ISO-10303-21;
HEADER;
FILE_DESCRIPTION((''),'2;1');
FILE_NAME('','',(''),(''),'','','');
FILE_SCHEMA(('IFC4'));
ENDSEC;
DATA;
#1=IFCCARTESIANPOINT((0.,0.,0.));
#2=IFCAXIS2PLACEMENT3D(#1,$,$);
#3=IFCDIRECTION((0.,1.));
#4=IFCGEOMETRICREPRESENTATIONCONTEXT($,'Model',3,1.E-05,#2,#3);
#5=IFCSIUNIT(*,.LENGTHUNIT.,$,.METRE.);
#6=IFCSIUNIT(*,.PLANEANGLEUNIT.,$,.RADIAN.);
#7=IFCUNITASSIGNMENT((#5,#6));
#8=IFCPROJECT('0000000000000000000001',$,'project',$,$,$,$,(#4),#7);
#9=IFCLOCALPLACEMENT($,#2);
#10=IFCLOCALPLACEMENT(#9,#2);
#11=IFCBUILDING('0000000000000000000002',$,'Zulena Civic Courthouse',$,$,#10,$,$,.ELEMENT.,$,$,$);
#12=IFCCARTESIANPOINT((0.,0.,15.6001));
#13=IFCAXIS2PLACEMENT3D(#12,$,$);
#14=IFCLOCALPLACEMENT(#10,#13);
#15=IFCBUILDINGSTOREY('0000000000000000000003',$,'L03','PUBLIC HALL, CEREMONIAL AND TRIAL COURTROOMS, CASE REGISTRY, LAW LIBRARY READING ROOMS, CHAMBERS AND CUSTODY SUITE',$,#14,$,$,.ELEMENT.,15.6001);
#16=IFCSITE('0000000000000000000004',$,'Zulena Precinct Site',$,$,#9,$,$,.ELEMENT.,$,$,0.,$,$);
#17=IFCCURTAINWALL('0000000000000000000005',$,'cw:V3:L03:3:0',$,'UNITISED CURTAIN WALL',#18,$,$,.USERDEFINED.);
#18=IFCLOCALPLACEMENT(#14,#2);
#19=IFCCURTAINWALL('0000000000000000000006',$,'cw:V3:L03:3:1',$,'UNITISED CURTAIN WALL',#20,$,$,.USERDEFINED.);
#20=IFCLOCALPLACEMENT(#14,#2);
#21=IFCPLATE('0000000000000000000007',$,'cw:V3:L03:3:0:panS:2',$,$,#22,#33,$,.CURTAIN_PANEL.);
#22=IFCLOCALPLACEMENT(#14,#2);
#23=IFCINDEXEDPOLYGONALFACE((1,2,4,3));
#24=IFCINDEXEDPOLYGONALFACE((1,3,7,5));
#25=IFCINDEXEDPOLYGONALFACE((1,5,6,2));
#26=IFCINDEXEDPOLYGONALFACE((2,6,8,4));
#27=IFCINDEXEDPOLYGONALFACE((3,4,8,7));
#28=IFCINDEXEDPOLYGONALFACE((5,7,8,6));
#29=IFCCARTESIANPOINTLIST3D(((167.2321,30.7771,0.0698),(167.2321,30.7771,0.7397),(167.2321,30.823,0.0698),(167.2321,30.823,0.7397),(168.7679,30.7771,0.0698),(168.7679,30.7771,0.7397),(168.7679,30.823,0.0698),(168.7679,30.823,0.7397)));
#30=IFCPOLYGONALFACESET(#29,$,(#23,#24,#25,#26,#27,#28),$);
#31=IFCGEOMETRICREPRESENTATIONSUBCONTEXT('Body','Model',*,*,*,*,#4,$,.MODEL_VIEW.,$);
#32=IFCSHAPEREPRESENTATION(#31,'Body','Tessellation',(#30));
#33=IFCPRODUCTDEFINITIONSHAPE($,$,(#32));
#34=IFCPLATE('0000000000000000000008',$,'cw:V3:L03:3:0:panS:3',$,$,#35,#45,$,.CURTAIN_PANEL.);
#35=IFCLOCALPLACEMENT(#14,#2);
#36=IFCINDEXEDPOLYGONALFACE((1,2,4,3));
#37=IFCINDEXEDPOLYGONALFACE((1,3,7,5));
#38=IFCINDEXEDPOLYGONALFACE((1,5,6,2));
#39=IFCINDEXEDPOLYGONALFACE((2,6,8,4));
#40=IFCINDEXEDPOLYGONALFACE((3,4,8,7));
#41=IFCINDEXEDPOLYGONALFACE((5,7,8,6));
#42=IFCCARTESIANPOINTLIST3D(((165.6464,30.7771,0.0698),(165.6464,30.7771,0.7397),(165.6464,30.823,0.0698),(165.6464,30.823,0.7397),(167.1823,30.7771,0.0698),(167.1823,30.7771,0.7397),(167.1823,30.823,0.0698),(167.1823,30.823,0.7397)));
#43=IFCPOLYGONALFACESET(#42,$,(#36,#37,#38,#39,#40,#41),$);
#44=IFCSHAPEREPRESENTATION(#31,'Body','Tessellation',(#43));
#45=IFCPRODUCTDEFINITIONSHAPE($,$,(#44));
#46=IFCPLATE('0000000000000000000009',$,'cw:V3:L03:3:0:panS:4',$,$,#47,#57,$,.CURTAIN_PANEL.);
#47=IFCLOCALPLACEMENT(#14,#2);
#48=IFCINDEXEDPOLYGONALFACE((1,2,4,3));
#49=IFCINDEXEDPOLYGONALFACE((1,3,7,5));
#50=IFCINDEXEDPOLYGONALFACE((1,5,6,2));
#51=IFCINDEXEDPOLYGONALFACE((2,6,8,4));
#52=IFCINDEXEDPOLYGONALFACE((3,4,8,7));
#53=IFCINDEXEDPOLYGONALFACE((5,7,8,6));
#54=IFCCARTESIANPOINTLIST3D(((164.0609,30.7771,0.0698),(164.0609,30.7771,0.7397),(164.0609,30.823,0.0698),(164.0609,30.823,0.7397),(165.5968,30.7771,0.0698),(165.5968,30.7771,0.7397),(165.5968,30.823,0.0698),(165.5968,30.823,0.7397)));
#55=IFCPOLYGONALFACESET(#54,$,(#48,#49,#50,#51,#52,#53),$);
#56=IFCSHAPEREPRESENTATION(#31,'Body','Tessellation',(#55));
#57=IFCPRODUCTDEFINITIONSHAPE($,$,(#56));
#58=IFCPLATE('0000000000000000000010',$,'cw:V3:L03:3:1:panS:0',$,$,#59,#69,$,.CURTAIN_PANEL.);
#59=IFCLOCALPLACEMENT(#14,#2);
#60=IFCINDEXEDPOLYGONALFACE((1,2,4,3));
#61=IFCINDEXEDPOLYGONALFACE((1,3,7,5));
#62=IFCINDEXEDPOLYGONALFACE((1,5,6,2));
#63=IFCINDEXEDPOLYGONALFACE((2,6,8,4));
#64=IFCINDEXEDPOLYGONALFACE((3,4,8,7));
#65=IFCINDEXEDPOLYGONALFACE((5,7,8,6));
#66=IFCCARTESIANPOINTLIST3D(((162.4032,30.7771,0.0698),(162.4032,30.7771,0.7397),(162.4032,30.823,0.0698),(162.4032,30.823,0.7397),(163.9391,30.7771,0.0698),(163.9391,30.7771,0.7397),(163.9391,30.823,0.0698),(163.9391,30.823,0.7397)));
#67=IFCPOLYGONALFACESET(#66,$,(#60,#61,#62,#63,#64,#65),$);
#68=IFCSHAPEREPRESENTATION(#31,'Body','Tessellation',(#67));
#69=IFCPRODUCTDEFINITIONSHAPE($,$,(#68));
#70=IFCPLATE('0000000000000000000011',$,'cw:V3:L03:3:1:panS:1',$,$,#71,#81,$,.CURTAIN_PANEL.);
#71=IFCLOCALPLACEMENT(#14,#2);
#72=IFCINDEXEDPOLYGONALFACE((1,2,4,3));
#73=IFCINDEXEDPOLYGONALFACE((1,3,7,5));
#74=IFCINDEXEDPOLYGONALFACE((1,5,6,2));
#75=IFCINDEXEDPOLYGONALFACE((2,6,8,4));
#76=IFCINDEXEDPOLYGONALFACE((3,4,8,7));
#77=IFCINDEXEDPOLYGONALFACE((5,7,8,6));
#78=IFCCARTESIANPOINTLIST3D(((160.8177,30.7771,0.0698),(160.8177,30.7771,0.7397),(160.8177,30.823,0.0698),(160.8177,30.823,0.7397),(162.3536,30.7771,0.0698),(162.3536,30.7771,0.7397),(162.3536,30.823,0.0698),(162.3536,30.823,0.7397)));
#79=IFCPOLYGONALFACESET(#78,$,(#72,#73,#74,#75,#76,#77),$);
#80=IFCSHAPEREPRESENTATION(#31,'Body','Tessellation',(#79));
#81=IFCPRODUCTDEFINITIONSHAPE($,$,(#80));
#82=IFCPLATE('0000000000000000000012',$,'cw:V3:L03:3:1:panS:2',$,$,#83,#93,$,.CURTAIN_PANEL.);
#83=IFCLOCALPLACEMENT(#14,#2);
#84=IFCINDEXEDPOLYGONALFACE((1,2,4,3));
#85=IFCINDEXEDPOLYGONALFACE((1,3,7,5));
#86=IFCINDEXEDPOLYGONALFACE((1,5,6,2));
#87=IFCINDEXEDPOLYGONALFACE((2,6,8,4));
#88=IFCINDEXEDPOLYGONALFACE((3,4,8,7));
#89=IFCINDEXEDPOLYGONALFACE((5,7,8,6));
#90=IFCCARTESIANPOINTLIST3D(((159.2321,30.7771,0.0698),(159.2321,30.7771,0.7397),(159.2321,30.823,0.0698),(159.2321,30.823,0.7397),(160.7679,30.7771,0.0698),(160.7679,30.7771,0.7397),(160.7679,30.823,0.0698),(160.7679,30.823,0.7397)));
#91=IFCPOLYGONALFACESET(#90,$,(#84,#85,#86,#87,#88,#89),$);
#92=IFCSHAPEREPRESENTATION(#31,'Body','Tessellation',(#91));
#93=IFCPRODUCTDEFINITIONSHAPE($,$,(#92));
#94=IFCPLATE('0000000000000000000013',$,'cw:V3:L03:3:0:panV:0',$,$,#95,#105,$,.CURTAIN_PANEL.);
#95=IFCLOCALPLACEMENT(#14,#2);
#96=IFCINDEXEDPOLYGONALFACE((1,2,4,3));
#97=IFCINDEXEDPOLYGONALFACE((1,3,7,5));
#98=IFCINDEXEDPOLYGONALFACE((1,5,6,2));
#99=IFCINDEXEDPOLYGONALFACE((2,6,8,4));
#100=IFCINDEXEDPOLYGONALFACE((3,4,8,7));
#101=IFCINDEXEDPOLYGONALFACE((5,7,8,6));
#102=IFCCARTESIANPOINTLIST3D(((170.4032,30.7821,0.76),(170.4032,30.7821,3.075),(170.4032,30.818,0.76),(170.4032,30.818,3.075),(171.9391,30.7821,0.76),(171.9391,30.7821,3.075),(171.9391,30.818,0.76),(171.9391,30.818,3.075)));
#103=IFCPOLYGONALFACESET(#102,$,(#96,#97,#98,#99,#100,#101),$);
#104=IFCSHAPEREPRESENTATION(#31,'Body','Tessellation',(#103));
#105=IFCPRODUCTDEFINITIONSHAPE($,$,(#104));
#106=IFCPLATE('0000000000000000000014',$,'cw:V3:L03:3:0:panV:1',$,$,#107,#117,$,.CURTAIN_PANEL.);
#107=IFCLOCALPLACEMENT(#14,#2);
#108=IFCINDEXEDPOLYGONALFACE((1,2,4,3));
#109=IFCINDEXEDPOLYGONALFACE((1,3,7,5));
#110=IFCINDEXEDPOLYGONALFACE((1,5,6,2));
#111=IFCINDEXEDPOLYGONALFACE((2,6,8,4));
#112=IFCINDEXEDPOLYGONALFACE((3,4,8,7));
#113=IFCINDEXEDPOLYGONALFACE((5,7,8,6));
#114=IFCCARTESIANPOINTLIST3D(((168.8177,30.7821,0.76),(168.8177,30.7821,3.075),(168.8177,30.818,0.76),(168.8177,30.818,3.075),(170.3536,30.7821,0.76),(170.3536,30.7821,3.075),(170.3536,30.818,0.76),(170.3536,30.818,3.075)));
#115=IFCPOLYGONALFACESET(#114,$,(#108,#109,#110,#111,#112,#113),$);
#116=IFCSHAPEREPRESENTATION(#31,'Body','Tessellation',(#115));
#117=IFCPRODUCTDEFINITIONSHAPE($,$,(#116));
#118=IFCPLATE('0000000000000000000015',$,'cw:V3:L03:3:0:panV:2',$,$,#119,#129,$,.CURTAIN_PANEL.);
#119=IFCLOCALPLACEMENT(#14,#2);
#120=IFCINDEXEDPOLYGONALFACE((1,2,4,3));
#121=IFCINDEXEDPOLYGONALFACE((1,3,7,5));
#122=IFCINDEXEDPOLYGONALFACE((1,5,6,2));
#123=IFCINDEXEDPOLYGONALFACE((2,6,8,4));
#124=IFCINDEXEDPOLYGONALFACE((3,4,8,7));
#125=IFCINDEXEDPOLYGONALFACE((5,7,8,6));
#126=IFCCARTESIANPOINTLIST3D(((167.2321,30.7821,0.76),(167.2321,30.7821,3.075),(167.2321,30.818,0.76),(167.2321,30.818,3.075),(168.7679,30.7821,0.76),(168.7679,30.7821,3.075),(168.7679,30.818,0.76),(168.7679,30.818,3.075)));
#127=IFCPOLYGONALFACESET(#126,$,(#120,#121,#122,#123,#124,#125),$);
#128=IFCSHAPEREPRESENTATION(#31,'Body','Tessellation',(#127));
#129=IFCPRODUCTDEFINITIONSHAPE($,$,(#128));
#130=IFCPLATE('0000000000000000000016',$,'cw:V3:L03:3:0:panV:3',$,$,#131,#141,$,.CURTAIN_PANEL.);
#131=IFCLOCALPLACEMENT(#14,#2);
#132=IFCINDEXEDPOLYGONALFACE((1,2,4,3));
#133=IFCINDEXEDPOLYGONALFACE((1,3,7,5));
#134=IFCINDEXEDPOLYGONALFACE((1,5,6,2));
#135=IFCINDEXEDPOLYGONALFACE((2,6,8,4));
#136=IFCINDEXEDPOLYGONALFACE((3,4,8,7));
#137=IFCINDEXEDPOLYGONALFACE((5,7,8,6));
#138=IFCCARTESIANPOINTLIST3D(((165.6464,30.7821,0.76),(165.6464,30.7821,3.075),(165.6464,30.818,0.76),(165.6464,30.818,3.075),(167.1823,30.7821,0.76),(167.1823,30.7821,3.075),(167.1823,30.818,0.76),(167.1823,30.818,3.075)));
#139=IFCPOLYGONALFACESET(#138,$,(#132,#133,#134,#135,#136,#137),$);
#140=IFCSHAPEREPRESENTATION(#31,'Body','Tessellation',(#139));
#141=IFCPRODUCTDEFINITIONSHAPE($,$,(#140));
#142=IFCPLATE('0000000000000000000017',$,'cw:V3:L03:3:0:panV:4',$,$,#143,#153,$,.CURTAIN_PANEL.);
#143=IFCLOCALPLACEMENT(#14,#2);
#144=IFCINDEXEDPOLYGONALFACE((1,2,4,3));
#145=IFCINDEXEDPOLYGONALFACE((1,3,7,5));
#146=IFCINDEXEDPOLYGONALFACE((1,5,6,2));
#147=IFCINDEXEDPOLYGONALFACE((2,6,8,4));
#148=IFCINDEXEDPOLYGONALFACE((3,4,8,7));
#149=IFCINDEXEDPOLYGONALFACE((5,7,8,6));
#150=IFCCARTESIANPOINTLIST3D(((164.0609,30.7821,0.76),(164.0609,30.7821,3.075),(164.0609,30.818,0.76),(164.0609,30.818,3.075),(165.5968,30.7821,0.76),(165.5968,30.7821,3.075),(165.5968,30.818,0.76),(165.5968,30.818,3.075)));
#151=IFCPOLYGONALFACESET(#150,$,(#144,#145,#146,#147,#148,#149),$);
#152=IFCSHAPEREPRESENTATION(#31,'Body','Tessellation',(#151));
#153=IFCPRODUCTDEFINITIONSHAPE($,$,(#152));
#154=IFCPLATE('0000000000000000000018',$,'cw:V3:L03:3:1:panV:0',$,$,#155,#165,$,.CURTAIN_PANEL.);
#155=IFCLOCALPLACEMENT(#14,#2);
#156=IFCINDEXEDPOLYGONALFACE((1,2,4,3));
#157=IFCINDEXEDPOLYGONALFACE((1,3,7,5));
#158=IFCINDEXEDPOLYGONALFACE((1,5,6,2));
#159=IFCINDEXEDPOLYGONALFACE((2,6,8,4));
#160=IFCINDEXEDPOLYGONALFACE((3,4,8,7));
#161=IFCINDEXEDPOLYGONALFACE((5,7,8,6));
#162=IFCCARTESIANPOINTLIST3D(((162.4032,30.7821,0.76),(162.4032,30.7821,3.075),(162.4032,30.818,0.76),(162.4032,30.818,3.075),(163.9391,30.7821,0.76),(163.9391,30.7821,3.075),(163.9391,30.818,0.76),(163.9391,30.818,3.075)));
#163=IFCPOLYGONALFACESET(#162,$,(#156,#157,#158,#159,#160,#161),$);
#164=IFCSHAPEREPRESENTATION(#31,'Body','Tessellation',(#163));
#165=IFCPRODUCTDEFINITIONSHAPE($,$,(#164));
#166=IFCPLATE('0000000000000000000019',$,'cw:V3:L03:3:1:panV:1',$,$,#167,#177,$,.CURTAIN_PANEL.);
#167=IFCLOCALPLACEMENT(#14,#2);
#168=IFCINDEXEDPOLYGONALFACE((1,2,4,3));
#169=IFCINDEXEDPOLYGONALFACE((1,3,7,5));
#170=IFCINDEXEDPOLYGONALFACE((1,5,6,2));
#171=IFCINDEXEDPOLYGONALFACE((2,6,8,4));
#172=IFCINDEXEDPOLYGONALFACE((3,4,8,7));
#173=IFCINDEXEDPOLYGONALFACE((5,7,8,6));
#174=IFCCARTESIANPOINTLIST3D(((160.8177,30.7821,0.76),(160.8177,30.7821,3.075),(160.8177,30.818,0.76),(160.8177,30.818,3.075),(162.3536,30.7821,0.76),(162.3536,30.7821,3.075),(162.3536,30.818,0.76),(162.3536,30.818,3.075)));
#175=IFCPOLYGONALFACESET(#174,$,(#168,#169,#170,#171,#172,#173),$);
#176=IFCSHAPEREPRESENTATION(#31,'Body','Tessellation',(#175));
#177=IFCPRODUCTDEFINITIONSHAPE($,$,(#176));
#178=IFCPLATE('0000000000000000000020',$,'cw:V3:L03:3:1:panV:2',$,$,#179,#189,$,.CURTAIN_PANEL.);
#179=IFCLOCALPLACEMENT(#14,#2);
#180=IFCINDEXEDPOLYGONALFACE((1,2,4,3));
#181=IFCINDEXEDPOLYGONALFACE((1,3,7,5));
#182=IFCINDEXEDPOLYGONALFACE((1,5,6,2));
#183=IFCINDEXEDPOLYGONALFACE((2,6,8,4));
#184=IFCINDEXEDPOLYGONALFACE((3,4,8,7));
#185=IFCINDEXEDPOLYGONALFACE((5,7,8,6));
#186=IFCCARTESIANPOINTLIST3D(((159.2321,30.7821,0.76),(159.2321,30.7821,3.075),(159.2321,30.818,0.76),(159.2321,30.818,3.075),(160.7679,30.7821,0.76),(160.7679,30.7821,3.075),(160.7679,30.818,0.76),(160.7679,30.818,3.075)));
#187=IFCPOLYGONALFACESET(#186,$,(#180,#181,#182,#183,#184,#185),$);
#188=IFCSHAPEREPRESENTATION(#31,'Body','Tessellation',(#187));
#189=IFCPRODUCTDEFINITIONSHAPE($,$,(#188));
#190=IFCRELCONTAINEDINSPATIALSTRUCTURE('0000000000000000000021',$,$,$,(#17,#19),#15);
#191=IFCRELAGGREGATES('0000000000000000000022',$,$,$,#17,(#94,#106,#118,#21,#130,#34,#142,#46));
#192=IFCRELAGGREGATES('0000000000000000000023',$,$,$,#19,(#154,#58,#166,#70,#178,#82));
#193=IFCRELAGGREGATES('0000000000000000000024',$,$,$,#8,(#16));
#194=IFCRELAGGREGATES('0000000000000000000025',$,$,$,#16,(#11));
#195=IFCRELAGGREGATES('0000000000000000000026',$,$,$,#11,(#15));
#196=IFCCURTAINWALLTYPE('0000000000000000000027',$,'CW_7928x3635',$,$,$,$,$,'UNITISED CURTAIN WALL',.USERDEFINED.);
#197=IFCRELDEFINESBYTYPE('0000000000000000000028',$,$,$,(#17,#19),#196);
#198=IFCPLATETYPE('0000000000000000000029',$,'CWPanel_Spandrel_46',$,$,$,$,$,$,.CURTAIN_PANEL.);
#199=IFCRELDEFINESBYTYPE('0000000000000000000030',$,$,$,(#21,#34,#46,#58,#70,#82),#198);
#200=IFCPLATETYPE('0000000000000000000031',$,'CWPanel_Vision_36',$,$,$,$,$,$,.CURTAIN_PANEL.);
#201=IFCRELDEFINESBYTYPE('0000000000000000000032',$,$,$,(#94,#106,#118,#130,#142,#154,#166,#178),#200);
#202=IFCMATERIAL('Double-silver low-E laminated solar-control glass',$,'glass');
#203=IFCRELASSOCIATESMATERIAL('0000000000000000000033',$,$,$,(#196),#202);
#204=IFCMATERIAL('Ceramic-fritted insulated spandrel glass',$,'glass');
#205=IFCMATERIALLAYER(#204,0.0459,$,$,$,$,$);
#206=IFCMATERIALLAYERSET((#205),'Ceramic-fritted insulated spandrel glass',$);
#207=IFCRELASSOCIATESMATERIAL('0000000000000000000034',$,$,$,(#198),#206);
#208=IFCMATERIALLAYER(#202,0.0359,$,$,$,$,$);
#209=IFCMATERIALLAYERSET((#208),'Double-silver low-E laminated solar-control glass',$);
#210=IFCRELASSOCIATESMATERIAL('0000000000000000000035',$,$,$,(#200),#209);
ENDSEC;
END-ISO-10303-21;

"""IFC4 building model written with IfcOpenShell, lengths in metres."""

from ifc_helpers import new_model, si_unit, direction, frame, origin, origin_2d, place, context, subcontext, project, spatial, rectangle, extrude, material, layer, layer_set, type_object, element, aggregate, save


model = new_model("IFC4")

# Units and contexts
model_context = context("Model", 3, precision=1e-05, world=origin(), true_north=direction((0.0, 1.0)))
body_context = subcontext(model_context, "Body", "Model", "MODEL_VIEW")
ifc_project = project(units=[si_unit("LENGTHUNIT", "METRE"), si_unit("PLANEANGLEUNIT", "RADIAN")], contexts=[model_context])

# Site, building, storey
site_placement = place(None, origin())
site = spatial("IfcSite", under=ifc_project, at=site_placement, Name="Zulena Precinct Site", CompositionType="ELEMENT", RefElevation=0.0)
building_placement = place(site_placement, origin())
building = spatial("IfcBuilding", under=site, at=building_placement, Name="Zulena Civic Courthouse", CompositionType="ELEMENT")
storey_placement = place(building_placement, frame((0.0, 0.0, 15.6001)))
storey = spatial("IfcBuildingStorey", under=building, at=storey_placement, Name="L03", Description="PUBLIC HALL, CEREMONIAL AND TRIAL COURTROOMS, CASE REGISTRY, LAW LIBRARY READING ROOMS, CHAMBERS AND CUSTODY SUITE", CompositionType="ELEMENT", Elevation=15.6001)

# Curtain walls
ifc_material_1 = material(Name="Double-silver low-E laminated solar-control glass", Category="glass")
curtain_wall_type = type_object("IfcCurtainWallType", Name="CW_7928x3635", ElementType="UNITISED CURTAIN WALL", PredefinedType="USERDEFINED", material=ifc_material_1)
curtain_wall_1_placement = place(storey_placement, origin())
curtain_wall_1 = element("IfcCurtainWall", 1, at=curtain_wall_1_placement, inside=storey, type_object=curtain_wall_type, Name="cw:V3:L03:3:0", ObjectType="UNITISED CURTAIN WALL", PredefinedType="USERDEFINED")
curtain_wall_2_placement = place(storey_placement, origin())
curtain_wall_2 = element("IfcCurtainWall", 2, at=curtain_wall_2_placement, inside=storey, type_object=curtain_wall_type, Name="cw:V3:L03:3:1", ObjectType="UNITISED CURTAIN WALL", PredefinedType="USERDEFINED")

# Plates
ifc_material_2 = material(Name="Ceramic-fritted insulated spandrel glass", Category="glass")
ifc_layer_1 = layer(ifc_material_2, 0.0459)
ifc_layer_set_1 = layer_set([ifc_layer_1], Name="Ceramic-fritted insulated spandrel glass")
plate_type_1 = type_object("IfcPlateType", Name="CWPanel_Spandrel_46", PredefinedType="CURTAIN_PANEL", material=ifc_layer_set_1)
plate_1_placement = place(storey_placement, frame((168.0, 30.8, 0.0698), z_axis=(0.0, 0.0, 1.0), x_axis=(-1.0, 0.0, 0.0)))
plate_1 = element("IfcPlate", 3, at=plate_1_placement, type_object=plate_type_1, Name="cw:V3:L03:3:0:panS:2", PredefinedType="CURTAIN_PANEL", context=body_context, shape_type="SweptSolid", body=[
    extrude(rectangle(XDim=1.5359, YDim=0.0459, at=origin_2d()), origin(), (0.0, 0.0, 1.0), 0.6699),
])
plate_2_placement = place(storey_placement, frame((166.4143, 30.8, 0.0698), z_axis=(0.0, 0.0, 1.0), x_axis=(-1.0, 0.0, 0.0)))
plate_2 = element("IfcPlate", 4, at=plate_2_placement, type_object=plate_type_1, Name="cw:V3:L03:3:0:panS:3", PredefinedType="CURTAIN_PANEL", context=body_context, shape_type="SweptSolid", body=[
    extrude(rectangle(XDim=1.5359, YDim=0.0459, at=origin_2d()), origin(), (0.0, 0.0, 1.0), 0.6699),
])
plate_3_placement = place(storey_placement, frame((164.8289, 30.8, 0.0698), z_axis=(0.0, 0.0, 1.0), x_axis=(-1.0, 0.0, 0.0)))
plate_3 = element("IfcPlate", 5, at=plate_3_placement, type_object=plate_type_1, Name="cw:V3:L03:3:0:panS:4", PredefinedType="CURTAIN_PANEL", context=body_context, shape_type="SweptSolid", body=[
    extrude(rectangle(XDim=1.5359, YDim=0.0459, at=origin_2d()), origin(), (0.0, 0.0, 1.0), 0.6699),
])
plate_4_placement = place(storey_placement, frame((163.1711, 30.8, 0.0698), z_axis=(0.0, 0.0, 1.0), x_axis=(-1.0, 0.0, 0.0)))
plate_4 = element("IfcPlate", 6, at=plate_4_placement, type_object=plate_type_1, Name="cw:V3:L03:3:1:panS:0", PredefinedType="CURTAIN_PANEL", context=body_context, shape_type="SweptSolid", body=[
    extrude(rectangle(XDim=1.5359, YDim=0.0459, at=origin_2d()), origin(), (0.0, 0.0, 1.0), 0.6699),
])
plate_5_placement = place(storey_placement, frame((161.5857, 30.8, 0.0698), z_axis=(0.0, 0.0, 1.0), x_axis=(-1.0, 0.0, 0.0)))
plate_5 = element("IfcPlate", 7, at=plate_5_placement, type_object=plate_type_1, Name="cw:V3:L03:3:1:panS:1", PredefinedType="CURTAIN_PANEL", context=body_context, shape_type="SweptSolid", body=[
    extrude(rectangle(XDim=1.5359, YDim=0.0459, at=origin_2d()), origin(), (0.0, 0.0, 1.0), 0.6699),
])
plate_6_placement = place(storey_placement, frame((160.0, 30.8, 0.0698), z_axis=(0.0, 0.0, 1.0), x_axis=(-1.0, 0.0, 0.0)))
plate_6 = element("IfcPlate", 8, at=plate_6_placement, type_object=plate_type_1, Name="cw:V3:L03:3:1:panS:2", PredefinedType="CURTAIN_PANEL", context=body_context, shape_type="SweptSolid", body=[
    extrude(rectangle(XDim=1.5359, YDim=0.0459, at=origin_2d()), origin(), (0.0, 0.0, 1.0), 0.6699),
])
ifc_layer_2 = layer(ifc_material_1, 0.0359)
ifc_layer_set_2 = layer_set([ifc_layer_2], Name="Double-silver low-E laminated solar-control glass")
plate_type_2 = type_object("IfcPlateType", Name="CWPanel_Vision_36", PredefinedType="CURTAIN_PANEL", material=ifc_layer_set_2)
plate_7_placement = place(storey_placement, frame((171.1711, 30.8, 0.76), z_axis=(0.0, 0.0, 1.0), x_axis=(-1.0, 0.0, 0.0)))
plate_7 = element("IfcPlate", 9, at=plate_7_placement, type_object=plate_type_2, Name="cw:V3:L03:3:0:panV:0", PredefinedType="CURTAIN_PANEL", context=body_context, shape_type="SweptSolid", body=[
    extrude(rectangle(XDim=1.5359, YDim=0.0359, at=origin_2d()), origin(), (0.0, 0.0, 1.0), 2.3149),
])
plate_8_placement = place(storey_placement, frame((169.5857, 30.8, 0.76), z_axis=(0.0, 0.0, 1.0), x_axis=(-1.0, 0.0, 0.0)))
plate_8 = element("IfcPlate", 10, at=plate_8_placement, type_object=plate_type_2, Name="cw:V3:L03:3:0:panV:1", PredefinedType="CURTAIN_PANEL", context=body_context, shape_type="SweptSolid", body=[
    extrude(rectangle(XDim=1.5359, YDim=0.0359, at=origin_2d()), origin(), (0.0, 0.0, 1.0), 2.3149),
])
plate_9_placement = place(storey_placement, frame((168.0, 30.8, 0.76), z_axis=(0.0, 0.0, 1.0), x_axis=(-1.0, 0.0, 0.0)))
plate_9 = element("IfcPlate", 11, at=plate_9_placement, type_object=plate_type_2, Name="cw:V3:L03:3:0:panV:2", PredefinedType="CURTAIN_PANEL", context=body_context, shape_type="SweptSolid", body=[
    extrude(rectangle(XDim=1.5359, YDim=0.0359, at=origin_2d()), origin(), (0.0, 0.0, 1.0), 2.3149),
])
plate_10_placement = place(storey_placement, frame((166.4143, 30.8, 0.76), z_axis=(0.0, 0.0, 1.0), x_axis=(-1.0, 0.0, 0.0)))
plate_10 = element("IfcPlate", 12, at=plate_10_placement, type_object=plate_type_2, Name="cw:V3:L03:3:0:panV:3", PredefinedType="CURTAIN_PANEL", context=body_context, shape_type="SweptSolid", body=[
    extrude(rectangle(XDim=1.5359, YDim=0.0359, at=origin_2d()), origin(), (0.0, 0.0, 1.0), 2.3149),
])
plate_11_placement = place(storey_placement, frame((164.8289, 30.8, 0.76), z_axis=(0.0, 0.0, 1.0), x_axis=(-1.0, 0.0, 0.0)))
plate_11 = element("IfcPlate", 13, at=plate_11_placement, type_object=plate_type_2, Name="cw:V3:L03:3:0:panV:4", PredefinedType="CURTAIN_PANEL", context=body_context, shape_type="SweptSolid", body=[
    extrude(rectangle(XDim=1.5359, YDim=0.0359, at=origin_2d()), origin(), (0.0, 0.0, 1.0), 2.3149),
])
aggregate(curtain_wall_1, [plate_7, plate_8, plate_9, plate_1, plate_10, plate_2, plate_11, plate_3])
plate_12_placement = place(storey_placement, frame((163.1711, 30.8, 0.76), z_axis=(0.0, 0.0, 1.0), x_axis=(-1.0, 0.0, 0.0)))
plate_12 = element("IfcPlate", 14, at=plate_12_placement, type_object=plate_type_2, Name="cw:V3:L03:3:1:panV:0", PredefinedType="CURTAIN_PANEL", context=body_context, shape_type="SweptSolid", body=[
    extrude(rectangle(XDim=1.5359, YDim=0.0359, at=origin_2d()), origin(), (0.0, 0.0, 1.0), 2.3149),
])
plate_13_placement = place(storey_placement, frame((161.5857, 30.8, 0.76), z_axis=(0.0, 0.0, 1.0), x_axis=(-1.0, 0.0, 0.0)))
plate_13 = element("IfcPlate", 15, at=plate_13_placement, type_object=plate_type_2, Name="cw:V3:L03:3:1:panV:1", PredefinedType="CURTAIN_PANEL", context=body_context, shape_type="SweptSolid", body=[
    extrude(rectangle(XDim=1.5359, YDim=0.0359, at=origin_2d()), origin(), (0.0, 0.0, 1.0), 2.3149),
])
plate_14_placement = place(storey_placement, frame((160.0, 30.8, 0.76), z_axis=(0.0, 0.0, 1.0), x_axis=(-1.0, 0.0, 0.0)))
plate_14 = element("IfcPlate", 16, at=plate_14_placement, type_object=plate_type_2, Name="cw:V3:L03:3:1:panV:2", PredefinedType="CURTAIN_PANEL", context=body_context, shape_type="SweptSolid", body=[
    extrude(rectangle(XDim=1.5359, YDim=0.0359, at=origin_2d()), origin(), (0.0, 0.0, 1.0), 2.3149),
])
aggregate(curtain_wall_2, [plate_12, plate_4, plate_13, plate_5, plate_14, plate_6])

save(model, "model.ifc")
